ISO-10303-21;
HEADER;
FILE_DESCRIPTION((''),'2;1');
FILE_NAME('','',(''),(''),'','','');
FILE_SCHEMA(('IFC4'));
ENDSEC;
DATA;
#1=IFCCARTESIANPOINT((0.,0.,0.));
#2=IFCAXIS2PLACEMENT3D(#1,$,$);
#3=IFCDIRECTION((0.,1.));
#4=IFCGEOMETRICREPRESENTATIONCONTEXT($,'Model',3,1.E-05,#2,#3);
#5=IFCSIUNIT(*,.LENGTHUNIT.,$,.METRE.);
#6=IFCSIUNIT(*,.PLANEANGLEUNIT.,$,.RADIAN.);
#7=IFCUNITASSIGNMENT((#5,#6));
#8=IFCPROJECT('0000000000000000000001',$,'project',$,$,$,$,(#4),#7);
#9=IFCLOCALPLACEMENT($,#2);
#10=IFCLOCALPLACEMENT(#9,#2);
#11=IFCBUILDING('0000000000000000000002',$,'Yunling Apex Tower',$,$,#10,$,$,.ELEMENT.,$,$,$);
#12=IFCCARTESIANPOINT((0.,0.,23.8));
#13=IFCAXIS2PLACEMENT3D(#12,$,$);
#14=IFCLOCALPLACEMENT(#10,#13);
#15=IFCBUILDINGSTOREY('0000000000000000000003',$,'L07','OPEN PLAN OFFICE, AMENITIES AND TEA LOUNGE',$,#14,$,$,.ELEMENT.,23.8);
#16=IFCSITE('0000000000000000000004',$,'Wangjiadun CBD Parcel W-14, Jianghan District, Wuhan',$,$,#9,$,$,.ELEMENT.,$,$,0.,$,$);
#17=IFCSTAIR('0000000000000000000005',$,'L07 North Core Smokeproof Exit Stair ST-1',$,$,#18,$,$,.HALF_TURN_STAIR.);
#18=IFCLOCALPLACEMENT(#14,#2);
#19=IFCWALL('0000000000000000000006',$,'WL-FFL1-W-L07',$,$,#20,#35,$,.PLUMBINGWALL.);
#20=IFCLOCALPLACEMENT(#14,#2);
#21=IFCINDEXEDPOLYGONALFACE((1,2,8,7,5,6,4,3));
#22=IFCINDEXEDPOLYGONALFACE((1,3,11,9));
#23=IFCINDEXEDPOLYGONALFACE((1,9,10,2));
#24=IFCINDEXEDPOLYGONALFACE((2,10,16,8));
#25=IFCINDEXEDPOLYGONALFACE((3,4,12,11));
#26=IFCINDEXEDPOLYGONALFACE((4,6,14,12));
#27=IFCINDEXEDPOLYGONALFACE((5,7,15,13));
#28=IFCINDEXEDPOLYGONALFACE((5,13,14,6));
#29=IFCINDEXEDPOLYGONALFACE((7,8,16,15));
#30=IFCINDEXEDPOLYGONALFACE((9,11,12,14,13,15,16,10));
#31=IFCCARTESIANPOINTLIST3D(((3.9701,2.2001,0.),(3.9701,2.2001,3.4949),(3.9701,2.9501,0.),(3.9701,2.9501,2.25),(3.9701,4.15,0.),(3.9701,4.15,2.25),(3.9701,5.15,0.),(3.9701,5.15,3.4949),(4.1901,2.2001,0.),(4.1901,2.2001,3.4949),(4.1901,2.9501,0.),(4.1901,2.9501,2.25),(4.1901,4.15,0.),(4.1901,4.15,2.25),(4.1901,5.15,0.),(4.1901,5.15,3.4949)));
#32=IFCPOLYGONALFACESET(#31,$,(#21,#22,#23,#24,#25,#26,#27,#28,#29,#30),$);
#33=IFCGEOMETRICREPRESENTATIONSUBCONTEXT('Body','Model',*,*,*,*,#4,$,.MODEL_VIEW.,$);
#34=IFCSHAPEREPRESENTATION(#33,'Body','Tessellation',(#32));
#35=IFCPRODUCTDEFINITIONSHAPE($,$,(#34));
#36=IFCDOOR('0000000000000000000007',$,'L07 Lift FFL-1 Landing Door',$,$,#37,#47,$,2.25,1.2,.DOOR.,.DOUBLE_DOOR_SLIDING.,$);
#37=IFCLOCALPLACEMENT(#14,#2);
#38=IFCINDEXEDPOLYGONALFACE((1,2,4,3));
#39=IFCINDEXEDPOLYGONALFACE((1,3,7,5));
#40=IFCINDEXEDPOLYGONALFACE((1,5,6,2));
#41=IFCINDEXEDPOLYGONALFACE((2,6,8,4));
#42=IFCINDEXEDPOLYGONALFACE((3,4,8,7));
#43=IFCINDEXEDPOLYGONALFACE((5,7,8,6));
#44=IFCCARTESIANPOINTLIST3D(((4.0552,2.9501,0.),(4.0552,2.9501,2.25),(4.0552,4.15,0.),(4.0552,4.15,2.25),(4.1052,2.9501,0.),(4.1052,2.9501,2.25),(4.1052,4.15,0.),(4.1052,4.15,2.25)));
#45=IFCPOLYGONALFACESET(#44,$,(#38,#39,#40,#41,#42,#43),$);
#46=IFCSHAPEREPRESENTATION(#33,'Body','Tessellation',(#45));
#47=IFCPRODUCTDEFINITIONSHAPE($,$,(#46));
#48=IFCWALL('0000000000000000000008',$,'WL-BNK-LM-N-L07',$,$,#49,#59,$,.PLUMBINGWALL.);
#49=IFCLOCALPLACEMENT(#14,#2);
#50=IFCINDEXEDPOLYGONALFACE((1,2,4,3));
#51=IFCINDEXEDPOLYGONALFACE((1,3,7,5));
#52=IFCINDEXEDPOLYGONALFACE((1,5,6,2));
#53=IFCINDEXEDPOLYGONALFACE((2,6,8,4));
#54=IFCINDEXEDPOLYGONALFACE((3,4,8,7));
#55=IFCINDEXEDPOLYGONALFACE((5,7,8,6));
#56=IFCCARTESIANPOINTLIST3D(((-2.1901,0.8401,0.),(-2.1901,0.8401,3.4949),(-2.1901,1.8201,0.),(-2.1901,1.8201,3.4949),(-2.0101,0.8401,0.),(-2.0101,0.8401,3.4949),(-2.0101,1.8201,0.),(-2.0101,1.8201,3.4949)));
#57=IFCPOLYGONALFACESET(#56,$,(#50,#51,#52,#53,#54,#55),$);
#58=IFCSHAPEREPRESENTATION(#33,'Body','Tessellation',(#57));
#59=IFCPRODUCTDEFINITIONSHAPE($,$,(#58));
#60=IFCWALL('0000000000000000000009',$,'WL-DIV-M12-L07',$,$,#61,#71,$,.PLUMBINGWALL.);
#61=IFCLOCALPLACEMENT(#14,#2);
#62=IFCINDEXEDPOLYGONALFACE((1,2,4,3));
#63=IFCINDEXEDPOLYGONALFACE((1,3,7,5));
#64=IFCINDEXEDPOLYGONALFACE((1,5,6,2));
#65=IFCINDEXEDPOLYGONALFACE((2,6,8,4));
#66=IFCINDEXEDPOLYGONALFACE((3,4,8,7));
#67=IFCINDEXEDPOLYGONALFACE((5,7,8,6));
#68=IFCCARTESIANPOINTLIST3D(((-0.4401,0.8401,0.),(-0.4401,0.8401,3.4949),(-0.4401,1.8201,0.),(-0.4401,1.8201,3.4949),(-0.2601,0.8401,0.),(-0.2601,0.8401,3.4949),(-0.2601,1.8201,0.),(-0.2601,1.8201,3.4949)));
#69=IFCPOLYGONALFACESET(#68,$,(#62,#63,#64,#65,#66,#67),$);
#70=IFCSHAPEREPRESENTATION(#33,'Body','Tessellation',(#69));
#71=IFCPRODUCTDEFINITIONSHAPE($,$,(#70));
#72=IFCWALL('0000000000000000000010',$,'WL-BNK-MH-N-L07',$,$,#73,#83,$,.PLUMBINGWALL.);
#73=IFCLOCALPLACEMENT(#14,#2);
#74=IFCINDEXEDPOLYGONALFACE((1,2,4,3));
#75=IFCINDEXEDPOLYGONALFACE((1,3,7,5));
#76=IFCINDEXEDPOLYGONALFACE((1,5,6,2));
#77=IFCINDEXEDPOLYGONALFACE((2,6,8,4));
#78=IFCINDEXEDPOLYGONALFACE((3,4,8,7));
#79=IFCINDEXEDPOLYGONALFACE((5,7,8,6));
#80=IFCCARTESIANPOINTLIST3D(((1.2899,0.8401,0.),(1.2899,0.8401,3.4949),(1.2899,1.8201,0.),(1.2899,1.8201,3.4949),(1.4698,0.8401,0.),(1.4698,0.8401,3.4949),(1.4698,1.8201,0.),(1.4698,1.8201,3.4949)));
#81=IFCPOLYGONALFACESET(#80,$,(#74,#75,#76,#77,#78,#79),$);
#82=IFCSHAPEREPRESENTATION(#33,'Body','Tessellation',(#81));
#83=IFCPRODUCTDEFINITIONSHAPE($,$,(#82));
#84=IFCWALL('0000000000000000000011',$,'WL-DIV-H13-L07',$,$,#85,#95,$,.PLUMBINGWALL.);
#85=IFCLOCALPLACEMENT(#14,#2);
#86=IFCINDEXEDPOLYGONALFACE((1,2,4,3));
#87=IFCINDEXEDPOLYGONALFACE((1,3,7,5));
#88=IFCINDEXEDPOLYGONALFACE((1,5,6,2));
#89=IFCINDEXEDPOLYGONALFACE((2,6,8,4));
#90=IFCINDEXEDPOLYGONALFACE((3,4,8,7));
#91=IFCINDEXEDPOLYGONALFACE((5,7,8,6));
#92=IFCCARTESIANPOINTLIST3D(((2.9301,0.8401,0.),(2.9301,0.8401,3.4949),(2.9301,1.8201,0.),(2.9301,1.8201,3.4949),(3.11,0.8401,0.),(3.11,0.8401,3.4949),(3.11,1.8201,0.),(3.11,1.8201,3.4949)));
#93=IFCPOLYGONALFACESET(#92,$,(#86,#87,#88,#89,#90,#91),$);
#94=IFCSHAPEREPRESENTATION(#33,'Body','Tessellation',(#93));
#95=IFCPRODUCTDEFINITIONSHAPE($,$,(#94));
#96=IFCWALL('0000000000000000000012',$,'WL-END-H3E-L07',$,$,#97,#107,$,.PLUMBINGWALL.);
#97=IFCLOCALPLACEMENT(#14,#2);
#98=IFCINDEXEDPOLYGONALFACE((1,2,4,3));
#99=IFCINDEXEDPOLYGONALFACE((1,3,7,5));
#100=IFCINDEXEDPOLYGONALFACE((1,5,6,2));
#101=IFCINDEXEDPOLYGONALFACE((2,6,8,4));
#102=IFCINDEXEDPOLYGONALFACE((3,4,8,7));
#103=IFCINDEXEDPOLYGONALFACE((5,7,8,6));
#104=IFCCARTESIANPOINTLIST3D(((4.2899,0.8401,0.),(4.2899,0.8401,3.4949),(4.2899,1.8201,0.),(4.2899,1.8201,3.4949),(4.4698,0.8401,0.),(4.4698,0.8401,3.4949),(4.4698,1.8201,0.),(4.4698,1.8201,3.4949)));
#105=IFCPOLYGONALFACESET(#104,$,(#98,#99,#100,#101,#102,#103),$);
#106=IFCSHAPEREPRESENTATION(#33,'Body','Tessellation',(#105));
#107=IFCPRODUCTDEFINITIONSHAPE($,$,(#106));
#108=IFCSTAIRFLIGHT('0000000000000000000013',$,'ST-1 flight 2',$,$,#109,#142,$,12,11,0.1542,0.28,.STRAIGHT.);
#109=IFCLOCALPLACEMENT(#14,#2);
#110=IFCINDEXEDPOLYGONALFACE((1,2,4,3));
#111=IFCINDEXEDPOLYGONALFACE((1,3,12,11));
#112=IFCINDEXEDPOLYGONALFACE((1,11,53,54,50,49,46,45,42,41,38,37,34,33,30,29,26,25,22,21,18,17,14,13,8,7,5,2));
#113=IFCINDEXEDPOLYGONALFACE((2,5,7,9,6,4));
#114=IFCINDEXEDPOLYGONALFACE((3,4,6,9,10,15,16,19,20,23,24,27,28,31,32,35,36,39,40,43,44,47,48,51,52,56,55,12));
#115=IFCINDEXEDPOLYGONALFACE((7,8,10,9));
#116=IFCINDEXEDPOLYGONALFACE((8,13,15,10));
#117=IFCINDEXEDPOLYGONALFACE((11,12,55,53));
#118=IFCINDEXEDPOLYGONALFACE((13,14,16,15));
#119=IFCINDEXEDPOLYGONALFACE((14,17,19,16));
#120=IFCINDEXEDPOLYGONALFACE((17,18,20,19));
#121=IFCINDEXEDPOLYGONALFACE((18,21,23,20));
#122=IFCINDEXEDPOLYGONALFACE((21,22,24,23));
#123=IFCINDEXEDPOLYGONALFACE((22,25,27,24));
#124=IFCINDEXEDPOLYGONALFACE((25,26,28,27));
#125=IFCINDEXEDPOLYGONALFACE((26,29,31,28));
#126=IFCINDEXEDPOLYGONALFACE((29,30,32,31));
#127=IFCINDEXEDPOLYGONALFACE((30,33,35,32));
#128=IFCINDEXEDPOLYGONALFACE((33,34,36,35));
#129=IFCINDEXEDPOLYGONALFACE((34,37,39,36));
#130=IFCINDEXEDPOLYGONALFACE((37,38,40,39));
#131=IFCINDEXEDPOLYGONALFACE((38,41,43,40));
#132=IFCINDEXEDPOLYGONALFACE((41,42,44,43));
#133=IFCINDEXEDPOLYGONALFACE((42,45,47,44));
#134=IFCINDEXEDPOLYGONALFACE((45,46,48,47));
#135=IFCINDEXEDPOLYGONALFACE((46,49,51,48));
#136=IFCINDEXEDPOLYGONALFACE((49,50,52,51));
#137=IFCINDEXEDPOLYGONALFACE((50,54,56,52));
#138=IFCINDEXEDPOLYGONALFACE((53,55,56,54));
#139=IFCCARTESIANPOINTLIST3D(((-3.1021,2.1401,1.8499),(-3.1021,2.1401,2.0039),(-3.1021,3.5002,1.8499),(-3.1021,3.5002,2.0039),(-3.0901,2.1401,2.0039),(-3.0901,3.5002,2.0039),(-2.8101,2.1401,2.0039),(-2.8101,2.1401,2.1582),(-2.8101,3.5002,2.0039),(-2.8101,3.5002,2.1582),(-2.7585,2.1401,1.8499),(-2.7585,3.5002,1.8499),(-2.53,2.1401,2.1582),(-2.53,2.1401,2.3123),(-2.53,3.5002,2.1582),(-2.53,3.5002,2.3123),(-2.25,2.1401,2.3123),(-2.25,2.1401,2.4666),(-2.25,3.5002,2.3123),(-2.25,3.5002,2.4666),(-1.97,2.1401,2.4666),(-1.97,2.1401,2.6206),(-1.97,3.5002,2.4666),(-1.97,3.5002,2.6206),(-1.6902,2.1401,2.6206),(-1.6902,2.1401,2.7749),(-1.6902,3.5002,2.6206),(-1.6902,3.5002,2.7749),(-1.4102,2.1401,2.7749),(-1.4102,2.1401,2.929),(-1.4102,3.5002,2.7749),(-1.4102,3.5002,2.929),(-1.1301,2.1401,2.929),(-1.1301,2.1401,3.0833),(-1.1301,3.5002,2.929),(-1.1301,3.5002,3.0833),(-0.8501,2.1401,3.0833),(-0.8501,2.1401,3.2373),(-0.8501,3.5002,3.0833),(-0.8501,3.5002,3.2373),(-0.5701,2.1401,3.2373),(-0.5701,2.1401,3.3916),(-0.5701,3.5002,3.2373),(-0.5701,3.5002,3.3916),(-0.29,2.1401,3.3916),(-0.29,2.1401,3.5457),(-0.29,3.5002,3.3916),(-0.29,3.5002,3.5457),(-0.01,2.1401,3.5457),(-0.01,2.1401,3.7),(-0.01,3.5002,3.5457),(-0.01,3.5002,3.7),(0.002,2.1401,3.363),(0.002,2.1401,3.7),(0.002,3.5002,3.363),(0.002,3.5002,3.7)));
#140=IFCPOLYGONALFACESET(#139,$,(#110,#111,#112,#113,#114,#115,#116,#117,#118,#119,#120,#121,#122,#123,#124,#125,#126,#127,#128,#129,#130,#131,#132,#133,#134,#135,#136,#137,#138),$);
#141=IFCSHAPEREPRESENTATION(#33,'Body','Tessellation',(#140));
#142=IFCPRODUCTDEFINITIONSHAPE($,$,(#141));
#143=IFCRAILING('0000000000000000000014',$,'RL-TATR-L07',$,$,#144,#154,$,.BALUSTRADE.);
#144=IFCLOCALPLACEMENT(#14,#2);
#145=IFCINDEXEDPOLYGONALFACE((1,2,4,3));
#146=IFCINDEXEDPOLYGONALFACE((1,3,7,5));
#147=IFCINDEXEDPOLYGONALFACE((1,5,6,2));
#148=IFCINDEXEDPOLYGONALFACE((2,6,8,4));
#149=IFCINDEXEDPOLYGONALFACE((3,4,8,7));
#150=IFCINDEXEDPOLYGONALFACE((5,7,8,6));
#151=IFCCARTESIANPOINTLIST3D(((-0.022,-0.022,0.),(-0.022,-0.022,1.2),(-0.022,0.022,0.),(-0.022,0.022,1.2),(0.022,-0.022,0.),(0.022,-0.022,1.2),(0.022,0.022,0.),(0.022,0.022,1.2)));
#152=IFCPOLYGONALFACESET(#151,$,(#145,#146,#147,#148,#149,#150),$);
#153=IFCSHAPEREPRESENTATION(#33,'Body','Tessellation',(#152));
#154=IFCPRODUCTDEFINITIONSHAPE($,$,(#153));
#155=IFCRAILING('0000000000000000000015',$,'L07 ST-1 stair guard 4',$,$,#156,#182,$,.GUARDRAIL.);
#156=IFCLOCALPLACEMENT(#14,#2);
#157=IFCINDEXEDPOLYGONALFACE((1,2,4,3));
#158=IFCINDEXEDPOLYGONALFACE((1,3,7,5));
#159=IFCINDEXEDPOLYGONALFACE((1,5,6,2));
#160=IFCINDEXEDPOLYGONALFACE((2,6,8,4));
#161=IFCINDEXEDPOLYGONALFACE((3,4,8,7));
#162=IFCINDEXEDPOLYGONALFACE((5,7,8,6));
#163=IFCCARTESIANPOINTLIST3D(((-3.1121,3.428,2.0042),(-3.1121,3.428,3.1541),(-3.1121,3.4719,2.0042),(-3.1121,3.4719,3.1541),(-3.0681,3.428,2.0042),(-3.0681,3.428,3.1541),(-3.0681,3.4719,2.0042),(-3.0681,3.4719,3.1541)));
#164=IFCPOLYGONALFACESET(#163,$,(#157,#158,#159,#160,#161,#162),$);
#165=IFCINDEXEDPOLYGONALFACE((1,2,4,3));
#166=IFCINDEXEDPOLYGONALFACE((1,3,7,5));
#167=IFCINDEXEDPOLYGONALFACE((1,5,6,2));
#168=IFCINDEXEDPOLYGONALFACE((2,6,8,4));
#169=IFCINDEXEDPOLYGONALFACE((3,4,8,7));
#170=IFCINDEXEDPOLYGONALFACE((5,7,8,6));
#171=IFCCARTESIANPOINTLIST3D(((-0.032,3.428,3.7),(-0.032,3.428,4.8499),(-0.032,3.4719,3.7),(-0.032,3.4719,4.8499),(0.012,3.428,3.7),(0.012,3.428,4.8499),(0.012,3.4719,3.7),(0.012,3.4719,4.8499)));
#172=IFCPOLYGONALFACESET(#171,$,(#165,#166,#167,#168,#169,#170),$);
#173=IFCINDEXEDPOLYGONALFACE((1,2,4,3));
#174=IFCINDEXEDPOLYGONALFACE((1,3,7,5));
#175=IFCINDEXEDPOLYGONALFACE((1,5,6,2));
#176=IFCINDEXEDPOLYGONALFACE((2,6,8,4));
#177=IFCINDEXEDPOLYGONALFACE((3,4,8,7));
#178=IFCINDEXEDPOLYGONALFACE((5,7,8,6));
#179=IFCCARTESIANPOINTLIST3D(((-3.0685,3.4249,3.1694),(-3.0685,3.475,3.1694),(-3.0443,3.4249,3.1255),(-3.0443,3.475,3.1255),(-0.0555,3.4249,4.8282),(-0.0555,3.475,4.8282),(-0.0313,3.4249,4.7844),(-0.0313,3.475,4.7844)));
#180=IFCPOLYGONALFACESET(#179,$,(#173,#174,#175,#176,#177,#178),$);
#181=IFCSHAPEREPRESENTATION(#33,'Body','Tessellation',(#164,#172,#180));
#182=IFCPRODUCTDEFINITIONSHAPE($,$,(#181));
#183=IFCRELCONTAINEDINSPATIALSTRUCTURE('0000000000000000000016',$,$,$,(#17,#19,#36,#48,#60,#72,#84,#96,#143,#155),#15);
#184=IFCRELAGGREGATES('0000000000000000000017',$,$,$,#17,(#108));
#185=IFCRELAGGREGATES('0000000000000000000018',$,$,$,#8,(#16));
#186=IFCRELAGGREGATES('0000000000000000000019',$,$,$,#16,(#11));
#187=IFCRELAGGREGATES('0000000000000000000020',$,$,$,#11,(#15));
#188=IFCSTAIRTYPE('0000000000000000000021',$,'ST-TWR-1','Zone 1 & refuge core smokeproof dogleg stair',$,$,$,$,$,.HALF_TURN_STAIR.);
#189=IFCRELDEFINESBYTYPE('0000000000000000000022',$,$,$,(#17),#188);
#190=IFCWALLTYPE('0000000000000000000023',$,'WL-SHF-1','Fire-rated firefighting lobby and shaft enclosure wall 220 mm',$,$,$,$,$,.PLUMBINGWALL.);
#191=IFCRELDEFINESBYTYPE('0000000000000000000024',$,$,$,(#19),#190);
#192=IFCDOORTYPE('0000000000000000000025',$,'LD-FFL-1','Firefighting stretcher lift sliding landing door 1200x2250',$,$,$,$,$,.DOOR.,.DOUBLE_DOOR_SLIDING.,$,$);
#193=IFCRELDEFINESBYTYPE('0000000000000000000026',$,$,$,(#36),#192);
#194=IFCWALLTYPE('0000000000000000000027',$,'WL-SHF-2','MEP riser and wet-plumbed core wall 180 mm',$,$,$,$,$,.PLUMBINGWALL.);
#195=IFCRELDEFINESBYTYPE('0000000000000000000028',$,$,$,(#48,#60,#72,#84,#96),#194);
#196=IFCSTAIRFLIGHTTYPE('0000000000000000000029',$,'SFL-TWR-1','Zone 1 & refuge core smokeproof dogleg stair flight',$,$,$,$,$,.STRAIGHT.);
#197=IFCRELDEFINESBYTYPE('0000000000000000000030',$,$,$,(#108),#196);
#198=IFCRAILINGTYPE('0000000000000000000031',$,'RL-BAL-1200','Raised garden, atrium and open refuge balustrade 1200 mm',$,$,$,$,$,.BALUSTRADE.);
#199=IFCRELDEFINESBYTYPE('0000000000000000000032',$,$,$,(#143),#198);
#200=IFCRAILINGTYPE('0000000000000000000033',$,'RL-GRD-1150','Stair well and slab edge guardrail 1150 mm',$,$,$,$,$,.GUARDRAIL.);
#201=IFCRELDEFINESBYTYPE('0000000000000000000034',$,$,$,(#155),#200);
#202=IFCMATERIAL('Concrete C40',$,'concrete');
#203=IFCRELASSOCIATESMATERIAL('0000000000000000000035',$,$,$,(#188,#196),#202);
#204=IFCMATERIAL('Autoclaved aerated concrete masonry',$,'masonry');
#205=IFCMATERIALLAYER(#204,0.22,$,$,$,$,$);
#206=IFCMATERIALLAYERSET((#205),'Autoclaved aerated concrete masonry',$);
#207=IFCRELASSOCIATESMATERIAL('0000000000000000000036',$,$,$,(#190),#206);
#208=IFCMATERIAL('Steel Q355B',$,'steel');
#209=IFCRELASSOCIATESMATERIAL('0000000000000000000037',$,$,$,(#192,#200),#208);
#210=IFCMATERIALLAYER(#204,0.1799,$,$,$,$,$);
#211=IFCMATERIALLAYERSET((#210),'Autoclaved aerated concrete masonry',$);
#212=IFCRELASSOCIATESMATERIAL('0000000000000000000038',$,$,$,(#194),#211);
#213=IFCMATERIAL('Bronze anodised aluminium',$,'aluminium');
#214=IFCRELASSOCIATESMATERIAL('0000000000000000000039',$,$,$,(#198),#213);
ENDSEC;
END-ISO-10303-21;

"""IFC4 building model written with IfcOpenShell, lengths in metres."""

from ifc_helpers import new_model, si_unit, direction, frame, frame_2d, origin, origin_2d, place, context, subcontext, project, spatial, polyline, rectangle, outline, extrude, material, layer, layer_set, type_object, element, fill, aggregate, save


model = new_model("IFC4")

# Units and contexts
model_context = context("Model", 3, precision=1e-05, world=origin(), true_north=direction((0.0, 1.0)))
body_context = subcontext(model_context, "Body", "Model", "MODEL_VIEW")
ifc_project = project(units=[si_unit("LENGTHUNIT", "METRE"), si_unit("PLANEANGLEUNIT", "RADIAN")], contexts=[model_context])

# Site, building, storey
site_placement = place(None, origin())
site = spatial("IfcSite", under=ifc_project, at=site_placement, Name="Wangjiadun CBD Parcel W-14, Jianghan District, Wuhan", CompositionType="ELEMENT", RefElevation=0.0)
building_placement = place(site_placement, origin())
building = spatial("IfcBuilding", under=site, at=building_placement, Name="Yunling Apex Tower", CompositionType="ELEMENT")
storey_placement = place(building_placement, frame((0.0, 0.0, 23.8)))
storey = spatial("IfcBuildingStorey", under=building, at=storey_placement, Name="L07", Description="OPEN PLAN OFFICE, AMENITIES AND TEA LOUNGE", CompositionType="ELEMENT", Elevation=23.8)

# Shared definitions
ifc_material_1 = material(Name="Concrete C40", Category="concrete")

# Stair
stair_type = type_object("IfcStairType", Name="ST-TWR-1", Description="Zone 1 & refuge core smokeproof dogleg stair", PredefinedType="HALF_TURN_STAIR", material=ifc_material_1)
stair_1_placement = place(storey_placement, origin())
stair_1 = element("IfcStair", 1, at=stair_1_placement, inside=storey, type_object=stair_type, Name="L07 North Core Smokeproof Exit Stair ST-1", PredefinedType="HALF_TURN_STAIR")

# Wall, opening, door
ifc_material_2 = material(Name="Autoclaved aerated concrete masonry", Category="masonry")
ifc_layer_1 = layer(ifc_material_2, 0.22)
ifc_layer_set_1 = layer_set([ifc_layer_1], Name="Autoclaved aerated concrete masonry")
wall_type_1 = type_object("IfcWallType", Name="WL-SHF-1", Description="Fire-rated firefighting lobby and shaft enclosure wall 220 mm", PredefinedType="PLUMBINGWALL", material=ifc_layer_set_1)
ifc_material_3 = material(Name="Steel Q355B", Category="steel")
wall_1_placement = place(storey_placement, frame((4.0801, 2.2, 0.0), z_axis=(0.0, 0.0, 1.0), x_axis=(0.0, 1.0, 0.0)))
wall_1 = element("IfcWall", 2, at=wall_1_placement, inside=storey, type_object=wall_type_1, Name="WL-FFL1-W-L07", PredefinedType="PLUMBINGWALL", context=body_context, shape_type="SweptSolid", body=[
    extrude(rectangle(XDim=2.95, YDim=0.22, at=frame_2d((1.4751, 0.0))), origin(), (0.0, 0.0, 1.0), 3.4949),
])
opening_1_placement = place(wall_1_placement, frame((0.75, 0.0, 0.0)))
opening_1 = element("IfcOpeningElement", 3, at=opening_1_placement, cuts=wall_1, PredefinedType="OPENING", context=body_context, shape_type="SweptSolid", body=[
    extrude(rectangle(XDim=1.2, YDim=2.25, at=frame_2d((0.6001, 1.125))), frame((0.0, 0.1201, 0.0), z_axis=(0.0, -1.0, 0.0), x_axis=(1.0, 0.0, 0.0)), (0.0, 0.0, 1.0), 0.24),
])
door_type_1 = type_object("IfcDoorType", Name="LD-FFL-1", Description="Firefighting stretcher lift sliding landing door 1200x2250", OperationType="DOUBLE_DOOR_SLIDING", PredefinedType="DOOR", material=ifc_material_3)
door_1_placement = place(opening_1_placement, origin())
door_1 = element("IfcDoor", 4, at=door_1_placement, inside=storey, type_object=door_type_1, Name="L07 Lift FFL-1 Landing Door", OperationType="DOUBLE_DOOR_SLIDING", OverallHeight=2.25, OverallWidth=1.2, PredefinedType="DOOR", context=body_context, shape_type="SweptSolid", body=[
    extrude(rectangle(XDim=1.2, YDim=2.25, at=frame_2d((0.6001, 1.125))), frame((0.0, 0.0249, 0.0), z_axis=(0.0, -1.0, 0.0), x_axis=(1.0, 0.0, 0.0)), (0.0, 0.0, 1.0), 0.05),
])
fill(opening_1, door_1)

# Walls
ifc_layer_2 = layer(ifc_material_2, 0.1799)
ifc_layer_set_2 = layer_set([ifc_layer_2], Name="Autoclaved aerated concrete masonry")
wall_type_2 = type_object("IfcWallType", Name="WL-SHF-2", Description="MEP riser and wet-plumbed core wall 180 mm", PredefinedType="PLUMBINGWALL", material=ifc_layer_set_2)
for number, where, z_axis, x_axis, name in (
    (5, (-2.1001, 0.8401, 0.0), (0.0, 0.0, 1.0), (0.0, 1.0, 0.0), "WL-BNK-LM-N-L07"),
    (6, (-0.3501, 0.8401, 0.0), (0.0, 0.0, 1.0), (0.0, 1.0, 0.0), "WL-DIV-M12-L07"),
    (7, (1.3799, 0.8401, 0.0), (0.0, 0.0, 1.0), (0.0, 1.0, 0.0), "WL-BNK-MH-N-L07"),
    (8, (3.02, 0.8401, 0.0), (0.0, 0.0, 1.0), (0.0, 1.0, 0.0), "WL-DIV-H13-L07"),
    (9, (4.3799, 0.8401, 0.0), (0.0, 0.0, 1.0), (0.0, 1.0, 0.0), "WL-END-H3E-L07"),
):
    element("IfcWall", number, at=place(storey_placement, frame(where, z_axis=z_axis, x_axis=x_axis)), inside=storey, type_object=wall_type_2, Name=name, PredefinedType="PLUMBINGWALL", context=body_context, shape_type="SweptSolid", body=[
        extrude(rectangle(XDim=0.98, YDim=0.1799, at=frame_2d((0.49, 0.0))), origin(), (0.0, 0.0, 1.0), 3.4949),
    ])

# Stair flight
stair_flight_type = type_object("IfcStairFlightType", Name="SFL-TWR-1", Description="Zone 1 & refuge core smokeproof dogleg stair flight", PredefinedType="STRAIGHT", material=ifc_material_1)
stair_flight_placement = place(storey_placement, frame((-3.0901, 2.8201, 1.8499), z_axis=(0.0, 0.0, 1.0), x_axis=(1.0, 0.0, 0.0)))
stair_flight = element("IfcStairFlight", 10, at=stair_flight_placement, type_object=stair_flight_type, Name="ST-1 flight 2", NumberOfRisers=12, NumberOfTreads=11, PredefinedType="STRAIGHT", RiserHeight=0.1542, TreadLength=0.28, context=body_context, shape_type="SweptSolid", body=[
    extrude(outline(polyline([(-0.012, 0.0), (-0.012, 0.1541), (0.0, 0.1541), (0.28, 0.1541), (0.28, 0.3083), (0.5601, 0.3083), (0.5601, 0.4624), (0.8401, 0.4624), (0.8401, 0.6167), (1.1201, 0.6167), (1.1201, 0.7708), (1.3999, 0.7708), (1.3999, 0.925), (1.6799, 0.925), (1.6799, 1.0791), (1.96, 1.0791), (1.96, 1.2334), (2.24, 1.2334), (2.24, 1.3875), (2.52, 1.3875), (2.52, 1.5417), (2.8, 1.5417), (2.8, 1.6958), (3.0801, 1.6958), (3.0801, 1.8501), (3.092, 1.8501), (3.092, 1.5132), (0.3315, 0.0), (-0.012, 0.0)])), frame((0.0, 0.6802, 0.0), z_axis=(0.0, -1.0, 0.0), x_axis=(1.0, 0.0, 0.0)), (0.0, 0.0, 1.0), 1.3601),
])
aggregate(stair_1, [stair_flight])

# Railings
ifc_material_4 = material(Name="Bronze anodised aluminium", Category="aluminium")
railing_type_1 = type_object("IfcRailingType", Name="RL-BAL-1200", Description="Raised garden, atrium and open refuge balustrade 1200 mm", PredefinedType="BALUSTRADE", material=ifc_material_4)
railing_1_placement = place(storey_placement, origin())
element("IfcRailing", 11, at=railing_1_placement, inside=storey, type_object=railing_type_1, Name="RL-TATR-L07", PredefinedType="BALUSTRADE", context=body_context, shape_type="SweptSolid", body=[
    extrude(rectangle(XDim=0.0439, YDim=0.0439, at=origin_2d()), origin(), (0.0, 0.0, 1.0), 1.2),
])
railing_type_2 = type_object("IfcRailingType", Name="RL-GRD-1150", Description="Stair well and slab edge guardrail 1150 mm", PredefinedType="GUARDRAIL", material=ifc_material_3)
railing_2_placement = place(storey_placement, frame((-3.0901, 3.45, 2.0042)))
element("IfcRailing", 12, at=railing_2_placement, inside=storey, type_object=railing_type_2, Name="L07 ST-1 stair guard 4", PredefinedType="GUARDRAIL", context=body_context, shape_type="SweptSolid", body=[
    extrude(rectangle(XDim=0.0439, YDim=0.0439, at=origin_2d()), origin(), (0.0, 0.0, 1.0), 1.1499),
    extrude(rectangle(XDim=0.0439, YDim=0.0439, at=origin_2d()), frame((3.0801, 0.0, 1.6958)), (0.0, 0.0, 1.0), 1.1499),
    extrude(rectangle(XDim=0.05, YDim=0.05, at=origin_2d()), frame((0.0337, 0.0, 1.1433), z_axis=(0.876005, 0.0, 0.482303), x_axis=(0.0, 1.0, 0.0)), (0.0, 0.0, 1.0), 3.4395),
])

save(model, "model.ifc")
